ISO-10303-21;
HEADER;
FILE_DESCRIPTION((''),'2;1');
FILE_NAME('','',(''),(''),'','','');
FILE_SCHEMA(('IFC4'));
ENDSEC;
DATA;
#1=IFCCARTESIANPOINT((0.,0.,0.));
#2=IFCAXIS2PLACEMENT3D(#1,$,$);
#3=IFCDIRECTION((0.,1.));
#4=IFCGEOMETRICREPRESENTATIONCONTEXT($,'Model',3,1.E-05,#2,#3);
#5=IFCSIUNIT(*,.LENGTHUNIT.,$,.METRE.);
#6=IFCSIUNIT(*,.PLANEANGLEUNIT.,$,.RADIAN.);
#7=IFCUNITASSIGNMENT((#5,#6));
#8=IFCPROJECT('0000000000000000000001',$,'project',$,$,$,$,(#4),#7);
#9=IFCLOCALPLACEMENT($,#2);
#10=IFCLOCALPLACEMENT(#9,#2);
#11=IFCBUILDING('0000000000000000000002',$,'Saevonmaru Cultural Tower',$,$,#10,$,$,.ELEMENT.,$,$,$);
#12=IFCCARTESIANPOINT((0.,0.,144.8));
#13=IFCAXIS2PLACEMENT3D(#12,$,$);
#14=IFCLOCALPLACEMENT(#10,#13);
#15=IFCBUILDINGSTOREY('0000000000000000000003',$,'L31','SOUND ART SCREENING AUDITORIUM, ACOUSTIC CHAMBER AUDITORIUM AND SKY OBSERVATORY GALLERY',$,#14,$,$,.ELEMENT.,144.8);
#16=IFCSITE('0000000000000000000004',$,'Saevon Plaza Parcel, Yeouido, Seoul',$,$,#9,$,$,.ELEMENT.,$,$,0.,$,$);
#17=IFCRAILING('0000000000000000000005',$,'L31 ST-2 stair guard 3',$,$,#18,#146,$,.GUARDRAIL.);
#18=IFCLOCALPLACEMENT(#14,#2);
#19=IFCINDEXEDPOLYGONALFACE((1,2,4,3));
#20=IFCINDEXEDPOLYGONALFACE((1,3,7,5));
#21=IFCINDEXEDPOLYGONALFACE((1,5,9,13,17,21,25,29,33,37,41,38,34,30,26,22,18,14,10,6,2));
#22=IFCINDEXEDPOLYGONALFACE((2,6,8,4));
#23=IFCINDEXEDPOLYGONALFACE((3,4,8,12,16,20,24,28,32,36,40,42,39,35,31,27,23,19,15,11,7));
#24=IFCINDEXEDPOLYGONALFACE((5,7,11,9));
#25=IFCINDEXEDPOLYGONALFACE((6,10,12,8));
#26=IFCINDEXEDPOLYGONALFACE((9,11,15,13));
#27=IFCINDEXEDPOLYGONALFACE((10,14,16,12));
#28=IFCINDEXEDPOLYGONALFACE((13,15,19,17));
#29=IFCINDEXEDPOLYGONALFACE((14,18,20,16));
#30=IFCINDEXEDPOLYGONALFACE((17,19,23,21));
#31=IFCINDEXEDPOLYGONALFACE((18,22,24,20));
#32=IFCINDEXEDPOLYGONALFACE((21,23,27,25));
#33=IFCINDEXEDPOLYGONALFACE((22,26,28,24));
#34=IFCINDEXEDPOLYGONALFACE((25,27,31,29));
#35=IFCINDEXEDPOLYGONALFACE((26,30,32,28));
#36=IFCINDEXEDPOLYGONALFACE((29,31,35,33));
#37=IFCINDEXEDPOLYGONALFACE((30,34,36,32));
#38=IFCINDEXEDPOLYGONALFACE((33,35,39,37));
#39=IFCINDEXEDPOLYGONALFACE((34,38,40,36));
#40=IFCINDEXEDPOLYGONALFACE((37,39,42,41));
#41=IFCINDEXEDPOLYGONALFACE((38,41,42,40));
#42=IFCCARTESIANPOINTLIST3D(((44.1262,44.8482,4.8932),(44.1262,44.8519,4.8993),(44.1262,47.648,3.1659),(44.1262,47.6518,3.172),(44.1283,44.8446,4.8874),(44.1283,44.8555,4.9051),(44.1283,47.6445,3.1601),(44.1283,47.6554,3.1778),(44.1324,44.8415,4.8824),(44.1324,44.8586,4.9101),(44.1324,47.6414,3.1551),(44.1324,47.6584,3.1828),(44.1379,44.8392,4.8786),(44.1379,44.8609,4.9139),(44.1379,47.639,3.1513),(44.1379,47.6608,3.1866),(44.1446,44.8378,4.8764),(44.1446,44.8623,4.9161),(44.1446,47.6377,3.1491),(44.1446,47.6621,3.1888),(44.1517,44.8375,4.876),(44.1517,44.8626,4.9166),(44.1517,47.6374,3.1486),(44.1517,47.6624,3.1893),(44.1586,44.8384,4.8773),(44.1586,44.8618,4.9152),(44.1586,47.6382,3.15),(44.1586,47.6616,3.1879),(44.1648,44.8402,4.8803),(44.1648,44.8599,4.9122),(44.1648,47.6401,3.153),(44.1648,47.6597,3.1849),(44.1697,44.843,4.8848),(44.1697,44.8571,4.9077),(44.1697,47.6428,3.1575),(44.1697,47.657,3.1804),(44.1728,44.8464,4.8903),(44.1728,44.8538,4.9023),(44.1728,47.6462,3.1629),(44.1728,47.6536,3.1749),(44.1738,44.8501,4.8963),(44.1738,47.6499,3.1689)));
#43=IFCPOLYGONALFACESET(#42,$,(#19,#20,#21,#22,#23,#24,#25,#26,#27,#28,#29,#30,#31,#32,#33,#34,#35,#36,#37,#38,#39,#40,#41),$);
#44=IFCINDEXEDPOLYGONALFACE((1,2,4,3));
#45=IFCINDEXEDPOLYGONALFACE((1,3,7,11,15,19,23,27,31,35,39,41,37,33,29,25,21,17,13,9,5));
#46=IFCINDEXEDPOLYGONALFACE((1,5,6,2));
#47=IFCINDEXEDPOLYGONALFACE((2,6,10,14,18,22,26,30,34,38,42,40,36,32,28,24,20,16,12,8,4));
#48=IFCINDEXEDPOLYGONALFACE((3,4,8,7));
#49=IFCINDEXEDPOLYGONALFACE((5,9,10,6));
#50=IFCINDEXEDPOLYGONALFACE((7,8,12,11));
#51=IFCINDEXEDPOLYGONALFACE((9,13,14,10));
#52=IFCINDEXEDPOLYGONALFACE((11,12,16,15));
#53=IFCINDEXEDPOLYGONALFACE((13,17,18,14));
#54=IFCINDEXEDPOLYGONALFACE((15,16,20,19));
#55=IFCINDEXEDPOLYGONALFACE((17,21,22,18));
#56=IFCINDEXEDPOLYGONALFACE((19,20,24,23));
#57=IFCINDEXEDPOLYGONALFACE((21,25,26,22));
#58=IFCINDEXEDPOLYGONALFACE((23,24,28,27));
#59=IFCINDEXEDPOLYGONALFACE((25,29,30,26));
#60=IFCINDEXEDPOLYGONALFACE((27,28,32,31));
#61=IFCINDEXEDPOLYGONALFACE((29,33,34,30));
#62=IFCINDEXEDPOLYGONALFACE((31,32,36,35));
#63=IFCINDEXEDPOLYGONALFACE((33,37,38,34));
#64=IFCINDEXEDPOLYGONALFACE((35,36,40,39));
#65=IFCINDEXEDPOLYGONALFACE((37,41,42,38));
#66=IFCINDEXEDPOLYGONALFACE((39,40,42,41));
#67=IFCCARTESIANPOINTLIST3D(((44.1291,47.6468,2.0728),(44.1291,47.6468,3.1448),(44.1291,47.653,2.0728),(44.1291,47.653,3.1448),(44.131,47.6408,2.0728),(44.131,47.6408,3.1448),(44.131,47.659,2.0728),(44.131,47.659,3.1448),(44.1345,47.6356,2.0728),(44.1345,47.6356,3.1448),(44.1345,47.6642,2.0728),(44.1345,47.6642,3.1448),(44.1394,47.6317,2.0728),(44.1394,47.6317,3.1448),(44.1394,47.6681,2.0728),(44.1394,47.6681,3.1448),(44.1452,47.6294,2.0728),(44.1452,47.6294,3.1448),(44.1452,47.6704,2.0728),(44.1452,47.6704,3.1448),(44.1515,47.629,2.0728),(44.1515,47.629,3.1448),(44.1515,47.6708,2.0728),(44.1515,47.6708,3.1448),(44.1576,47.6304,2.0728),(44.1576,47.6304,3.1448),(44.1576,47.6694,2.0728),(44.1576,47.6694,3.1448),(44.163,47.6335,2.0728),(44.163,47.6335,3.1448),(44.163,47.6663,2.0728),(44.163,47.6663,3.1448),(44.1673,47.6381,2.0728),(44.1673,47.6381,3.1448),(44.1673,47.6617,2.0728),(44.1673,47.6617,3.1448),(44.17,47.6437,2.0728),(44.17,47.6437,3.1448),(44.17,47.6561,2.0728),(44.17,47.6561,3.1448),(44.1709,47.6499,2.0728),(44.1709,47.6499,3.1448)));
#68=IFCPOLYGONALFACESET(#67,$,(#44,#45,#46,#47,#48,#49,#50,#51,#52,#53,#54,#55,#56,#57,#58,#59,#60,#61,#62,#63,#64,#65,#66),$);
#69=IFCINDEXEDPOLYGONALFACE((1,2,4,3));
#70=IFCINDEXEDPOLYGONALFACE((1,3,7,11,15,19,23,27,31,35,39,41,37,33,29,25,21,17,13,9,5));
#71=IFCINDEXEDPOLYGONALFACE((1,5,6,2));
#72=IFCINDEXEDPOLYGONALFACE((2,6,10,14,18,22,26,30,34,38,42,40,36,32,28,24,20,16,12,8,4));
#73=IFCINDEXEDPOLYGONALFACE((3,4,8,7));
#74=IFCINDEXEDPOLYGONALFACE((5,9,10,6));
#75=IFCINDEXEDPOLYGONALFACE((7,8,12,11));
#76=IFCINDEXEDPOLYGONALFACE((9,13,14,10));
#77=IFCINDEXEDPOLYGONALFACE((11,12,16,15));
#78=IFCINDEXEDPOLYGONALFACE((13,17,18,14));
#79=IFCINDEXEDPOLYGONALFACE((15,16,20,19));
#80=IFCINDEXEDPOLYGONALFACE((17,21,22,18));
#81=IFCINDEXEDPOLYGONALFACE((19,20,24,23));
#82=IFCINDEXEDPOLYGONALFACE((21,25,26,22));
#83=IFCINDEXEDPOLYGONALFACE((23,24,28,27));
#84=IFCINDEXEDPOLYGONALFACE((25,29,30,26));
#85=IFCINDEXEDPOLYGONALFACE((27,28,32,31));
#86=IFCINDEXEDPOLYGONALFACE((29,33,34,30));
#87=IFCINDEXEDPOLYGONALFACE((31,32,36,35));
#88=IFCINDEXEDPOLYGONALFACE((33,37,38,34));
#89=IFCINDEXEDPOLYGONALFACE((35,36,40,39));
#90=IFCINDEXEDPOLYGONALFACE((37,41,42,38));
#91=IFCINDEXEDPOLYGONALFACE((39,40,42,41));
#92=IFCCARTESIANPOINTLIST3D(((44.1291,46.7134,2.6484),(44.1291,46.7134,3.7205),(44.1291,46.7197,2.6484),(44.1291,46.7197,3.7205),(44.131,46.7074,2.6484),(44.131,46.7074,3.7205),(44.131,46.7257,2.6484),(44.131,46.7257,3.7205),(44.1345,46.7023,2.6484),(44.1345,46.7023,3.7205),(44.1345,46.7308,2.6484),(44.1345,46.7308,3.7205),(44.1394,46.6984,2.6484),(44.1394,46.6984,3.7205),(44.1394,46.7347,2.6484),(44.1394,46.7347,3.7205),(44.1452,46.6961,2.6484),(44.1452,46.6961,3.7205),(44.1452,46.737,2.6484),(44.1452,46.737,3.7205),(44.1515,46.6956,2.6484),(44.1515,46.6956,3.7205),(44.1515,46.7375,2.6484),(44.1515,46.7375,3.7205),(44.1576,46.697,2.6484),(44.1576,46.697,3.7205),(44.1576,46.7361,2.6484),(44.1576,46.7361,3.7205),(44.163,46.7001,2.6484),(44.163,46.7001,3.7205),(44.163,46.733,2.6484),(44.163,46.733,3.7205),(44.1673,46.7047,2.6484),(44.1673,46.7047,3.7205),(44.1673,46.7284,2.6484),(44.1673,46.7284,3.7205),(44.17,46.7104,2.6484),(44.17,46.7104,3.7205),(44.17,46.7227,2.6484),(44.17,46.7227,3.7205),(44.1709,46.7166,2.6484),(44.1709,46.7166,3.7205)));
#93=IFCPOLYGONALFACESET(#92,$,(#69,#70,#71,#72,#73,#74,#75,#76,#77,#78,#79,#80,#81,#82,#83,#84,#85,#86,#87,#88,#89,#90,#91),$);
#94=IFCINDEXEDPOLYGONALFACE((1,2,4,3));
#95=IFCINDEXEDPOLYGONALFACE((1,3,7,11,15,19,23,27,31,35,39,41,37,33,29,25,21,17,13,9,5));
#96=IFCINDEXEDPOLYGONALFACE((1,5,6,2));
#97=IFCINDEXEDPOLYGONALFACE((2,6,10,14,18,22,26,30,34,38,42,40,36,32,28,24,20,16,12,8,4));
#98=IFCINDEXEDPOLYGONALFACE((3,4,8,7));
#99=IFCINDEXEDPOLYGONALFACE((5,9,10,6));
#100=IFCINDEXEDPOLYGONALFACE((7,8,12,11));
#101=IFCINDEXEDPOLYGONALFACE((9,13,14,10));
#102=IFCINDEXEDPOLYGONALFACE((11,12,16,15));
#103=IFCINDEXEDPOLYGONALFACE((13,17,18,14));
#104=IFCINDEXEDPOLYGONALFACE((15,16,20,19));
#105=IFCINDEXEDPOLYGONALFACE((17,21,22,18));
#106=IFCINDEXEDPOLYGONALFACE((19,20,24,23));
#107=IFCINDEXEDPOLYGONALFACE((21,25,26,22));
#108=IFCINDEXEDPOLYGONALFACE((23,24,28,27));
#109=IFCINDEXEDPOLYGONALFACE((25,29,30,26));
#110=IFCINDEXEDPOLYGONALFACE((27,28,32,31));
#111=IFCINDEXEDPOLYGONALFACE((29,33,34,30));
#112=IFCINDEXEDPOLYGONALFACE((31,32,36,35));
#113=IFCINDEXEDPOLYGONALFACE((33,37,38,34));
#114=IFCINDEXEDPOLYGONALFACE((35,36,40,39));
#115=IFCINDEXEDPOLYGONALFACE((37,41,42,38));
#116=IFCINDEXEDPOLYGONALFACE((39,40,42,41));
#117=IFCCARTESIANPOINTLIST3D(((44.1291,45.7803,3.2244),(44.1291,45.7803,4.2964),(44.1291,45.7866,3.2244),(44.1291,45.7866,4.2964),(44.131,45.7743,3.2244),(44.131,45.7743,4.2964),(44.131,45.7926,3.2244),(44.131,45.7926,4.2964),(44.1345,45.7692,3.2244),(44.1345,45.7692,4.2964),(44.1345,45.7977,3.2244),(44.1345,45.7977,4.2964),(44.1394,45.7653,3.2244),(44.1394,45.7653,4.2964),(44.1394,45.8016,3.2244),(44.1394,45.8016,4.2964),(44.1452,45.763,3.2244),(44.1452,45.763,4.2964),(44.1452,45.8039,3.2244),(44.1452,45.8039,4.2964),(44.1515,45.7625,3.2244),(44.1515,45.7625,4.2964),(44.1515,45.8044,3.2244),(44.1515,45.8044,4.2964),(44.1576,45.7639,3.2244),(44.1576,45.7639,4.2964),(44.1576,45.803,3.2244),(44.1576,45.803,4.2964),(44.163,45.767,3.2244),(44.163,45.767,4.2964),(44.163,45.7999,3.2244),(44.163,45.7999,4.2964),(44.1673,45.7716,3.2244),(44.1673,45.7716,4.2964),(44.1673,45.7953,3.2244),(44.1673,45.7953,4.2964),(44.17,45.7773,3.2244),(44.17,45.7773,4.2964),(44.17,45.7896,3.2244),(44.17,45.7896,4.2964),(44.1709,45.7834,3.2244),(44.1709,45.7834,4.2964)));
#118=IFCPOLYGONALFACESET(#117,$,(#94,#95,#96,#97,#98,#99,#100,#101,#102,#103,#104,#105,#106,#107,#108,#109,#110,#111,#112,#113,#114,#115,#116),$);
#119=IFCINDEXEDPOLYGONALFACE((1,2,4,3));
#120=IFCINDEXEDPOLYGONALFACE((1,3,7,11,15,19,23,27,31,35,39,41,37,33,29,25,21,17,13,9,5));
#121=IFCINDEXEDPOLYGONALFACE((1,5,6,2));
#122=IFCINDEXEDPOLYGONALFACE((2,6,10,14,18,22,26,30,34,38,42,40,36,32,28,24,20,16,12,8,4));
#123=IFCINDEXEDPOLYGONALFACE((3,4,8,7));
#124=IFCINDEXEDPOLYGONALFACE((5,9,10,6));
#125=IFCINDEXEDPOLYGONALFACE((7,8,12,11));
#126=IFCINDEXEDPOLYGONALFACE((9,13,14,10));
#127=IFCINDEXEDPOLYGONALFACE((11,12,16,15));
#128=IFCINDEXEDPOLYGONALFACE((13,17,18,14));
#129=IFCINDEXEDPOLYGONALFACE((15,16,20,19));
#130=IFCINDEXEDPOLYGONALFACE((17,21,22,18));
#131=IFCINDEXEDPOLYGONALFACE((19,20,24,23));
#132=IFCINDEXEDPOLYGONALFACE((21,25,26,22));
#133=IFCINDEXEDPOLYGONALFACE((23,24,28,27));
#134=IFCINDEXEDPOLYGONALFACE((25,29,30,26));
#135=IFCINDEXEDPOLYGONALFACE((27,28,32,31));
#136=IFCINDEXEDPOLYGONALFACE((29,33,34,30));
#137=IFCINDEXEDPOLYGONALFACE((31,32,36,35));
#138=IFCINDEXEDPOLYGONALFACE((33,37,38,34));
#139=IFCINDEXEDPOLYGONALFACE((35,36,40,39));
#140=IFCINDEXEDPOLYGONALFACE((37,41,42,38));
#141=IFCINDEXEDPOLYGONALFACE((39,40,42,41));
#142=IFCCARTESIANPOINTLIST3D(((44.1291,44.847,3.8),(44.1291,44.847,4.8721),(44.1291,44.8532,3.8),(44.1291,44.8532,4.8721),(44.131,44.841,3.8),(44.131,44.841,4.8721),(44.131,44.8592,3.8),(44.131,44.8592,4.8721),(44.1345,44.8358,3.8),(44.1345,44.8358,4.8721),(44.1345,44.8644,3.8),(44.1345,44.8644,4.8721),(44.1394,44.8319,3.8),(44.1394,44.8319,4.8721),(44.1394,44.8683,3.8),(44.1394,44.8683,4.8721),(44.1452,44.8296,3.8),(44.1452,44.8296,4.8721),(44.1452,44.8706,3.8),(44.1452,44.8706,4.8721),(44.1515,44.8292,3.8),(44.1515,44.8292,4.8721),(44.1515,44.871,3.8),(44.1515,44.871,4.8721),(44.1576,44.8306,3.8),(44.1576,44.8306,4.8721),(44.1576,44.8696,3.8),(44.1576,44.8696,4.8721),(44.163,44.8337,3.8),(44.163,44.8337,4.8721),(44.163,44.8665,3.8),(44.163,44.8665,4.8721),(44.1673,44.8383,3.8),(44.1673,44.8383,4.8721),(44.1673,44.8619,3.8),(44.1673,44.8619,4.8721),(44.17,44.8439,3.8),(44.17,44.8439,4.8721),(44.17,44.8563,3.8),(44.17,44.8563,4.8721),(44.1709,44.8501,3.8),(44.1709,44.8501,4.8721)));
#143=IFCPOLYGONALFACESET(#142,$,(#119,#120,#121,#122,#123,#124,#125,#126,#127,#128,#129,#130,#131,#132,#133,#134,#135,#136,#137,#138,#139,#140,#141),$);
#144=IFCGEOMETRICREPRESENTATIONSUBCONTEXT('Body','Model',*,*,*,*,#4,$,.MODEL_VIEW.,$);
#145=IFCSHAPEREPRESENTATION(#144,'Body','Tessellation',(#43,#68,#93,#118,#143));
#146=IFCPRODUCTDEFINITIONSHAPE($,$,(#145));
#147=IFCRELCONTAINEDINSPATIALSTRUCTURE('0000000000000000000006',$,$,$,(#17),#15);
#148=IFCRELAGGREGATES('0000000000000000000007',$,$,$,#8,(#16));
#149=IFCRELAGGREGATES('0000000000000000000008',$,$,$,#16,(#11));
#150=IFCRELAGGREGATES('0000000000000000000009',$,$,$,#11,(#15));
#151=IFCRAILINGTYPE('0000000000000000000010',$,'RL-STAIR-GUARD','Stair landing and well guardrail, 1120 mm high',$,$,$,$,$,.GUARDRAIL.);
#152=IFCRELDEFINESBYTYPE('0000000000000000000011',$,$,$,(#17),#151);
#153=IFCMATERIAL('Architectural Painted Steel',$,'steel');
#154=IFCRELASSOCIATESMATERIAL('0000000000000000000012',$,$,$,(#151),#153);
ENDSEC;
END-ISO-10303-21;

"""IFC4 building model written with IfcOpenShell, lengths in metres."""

from ifc_helpers import new_model, si_unit, direction, frame, origin, origin_2d, place, context, subcontext, project, spatial, circle, extrude, material, type_object, element, save


model = new_model("IFC4")

# Units and contexts
model_context = context("Model", 3, precision=1e-05, world=origin(), true_north=direction((0.0, 1.0)))
body_context = subcontext(model_context, "Body", "Model", "MODEL_VIEW")
ifc_project = project(units=[si_unit("LENGTHUNIT", "METRE"), si_unit("PLANEANGLEUNIT", "RADIAN")], contexts=[model_context])

# Site, building, storey
site_placement = place(None, origin())
site = spatial("IfcSite", under=ifc_project, at=site_placement, Name="Saevon Plaza Parcel, Yeouido, Seoul", CompositionType="ELEMENT", RefElevation=0.0)
building_placement = place(site_placement, origin())
building = spatial("IfcBuilding", under=site, at=building_placement, Name="Saevonmaru Cultural Tower", CompositionType="ELEMENT")
storey_placement = place(building_placement, frame((0.0, 0.0, 144.8)))
storey = spatial("IfcBuildingStorey", under=building, at=storey_placement, Name="L31", Description="SOUND ART SCREENING AUDITORIUM, ACOUSTIC CHAMBER AUDITORIUM AND SKY OBSERVATORY GALLERY", CompositionType="ELEMENT", Elevation=144.8)

# Railing
ifc_material_1 = material(Name="Architectural Painted Steel", Category="steel")
railing_type_1 = type_object("IfcRailingType", Name="RL-STAIR-GUARD", Description="Stair landing and well guardrail, 1120 mm high", PredefinedType="GUARDRAIL", material=ifc_material_1)
railing_1_placement = place(storey_placement, frame((44.1499, 47.6499, 2.0728)))
element("IfcRailing", 1, at=railing_1_placement, inside=storey, type_object=railing_type_1, Name="L31 ST-2 stair guard 3", PredefinedType="GUARDRAIL", context=body_context, shape_type="SweptSolid", body=[
    extrude(circle(Radius=0.0239, at=origin_2d()), frame((0.0, 0.0, 1.0962), z_axis=(0.0, -0.851069, 0.525054), x_axis=(1.0, 0.0, 0.0)), (0.0, 0.0, 1.0), 3.2898),
    extrude(circle(Radius=0.021, at=origin_2d()), origin(), (0.0, 0.0, 1.0), 1.072),
    extrude(circle(Radius=0.021, at=origin_2d()), frame((0.0, -0.9333, 0.5757)), (0.0, 0.0, 1.0), 1.072),
    extrude(circle(Radius=0.021, at=origin_2d()), frame((0.0, -1.8665, 1.1516)), (0.0, 0.0, 1.0), 1.072),
    extrude(circle(Radius=0.021, at=origin_2d()), frame((0.0, -2.7998, 1.7273)), (0.0, 0.0, 1.0), 1.072),
])

save(model, "model.ifc")
